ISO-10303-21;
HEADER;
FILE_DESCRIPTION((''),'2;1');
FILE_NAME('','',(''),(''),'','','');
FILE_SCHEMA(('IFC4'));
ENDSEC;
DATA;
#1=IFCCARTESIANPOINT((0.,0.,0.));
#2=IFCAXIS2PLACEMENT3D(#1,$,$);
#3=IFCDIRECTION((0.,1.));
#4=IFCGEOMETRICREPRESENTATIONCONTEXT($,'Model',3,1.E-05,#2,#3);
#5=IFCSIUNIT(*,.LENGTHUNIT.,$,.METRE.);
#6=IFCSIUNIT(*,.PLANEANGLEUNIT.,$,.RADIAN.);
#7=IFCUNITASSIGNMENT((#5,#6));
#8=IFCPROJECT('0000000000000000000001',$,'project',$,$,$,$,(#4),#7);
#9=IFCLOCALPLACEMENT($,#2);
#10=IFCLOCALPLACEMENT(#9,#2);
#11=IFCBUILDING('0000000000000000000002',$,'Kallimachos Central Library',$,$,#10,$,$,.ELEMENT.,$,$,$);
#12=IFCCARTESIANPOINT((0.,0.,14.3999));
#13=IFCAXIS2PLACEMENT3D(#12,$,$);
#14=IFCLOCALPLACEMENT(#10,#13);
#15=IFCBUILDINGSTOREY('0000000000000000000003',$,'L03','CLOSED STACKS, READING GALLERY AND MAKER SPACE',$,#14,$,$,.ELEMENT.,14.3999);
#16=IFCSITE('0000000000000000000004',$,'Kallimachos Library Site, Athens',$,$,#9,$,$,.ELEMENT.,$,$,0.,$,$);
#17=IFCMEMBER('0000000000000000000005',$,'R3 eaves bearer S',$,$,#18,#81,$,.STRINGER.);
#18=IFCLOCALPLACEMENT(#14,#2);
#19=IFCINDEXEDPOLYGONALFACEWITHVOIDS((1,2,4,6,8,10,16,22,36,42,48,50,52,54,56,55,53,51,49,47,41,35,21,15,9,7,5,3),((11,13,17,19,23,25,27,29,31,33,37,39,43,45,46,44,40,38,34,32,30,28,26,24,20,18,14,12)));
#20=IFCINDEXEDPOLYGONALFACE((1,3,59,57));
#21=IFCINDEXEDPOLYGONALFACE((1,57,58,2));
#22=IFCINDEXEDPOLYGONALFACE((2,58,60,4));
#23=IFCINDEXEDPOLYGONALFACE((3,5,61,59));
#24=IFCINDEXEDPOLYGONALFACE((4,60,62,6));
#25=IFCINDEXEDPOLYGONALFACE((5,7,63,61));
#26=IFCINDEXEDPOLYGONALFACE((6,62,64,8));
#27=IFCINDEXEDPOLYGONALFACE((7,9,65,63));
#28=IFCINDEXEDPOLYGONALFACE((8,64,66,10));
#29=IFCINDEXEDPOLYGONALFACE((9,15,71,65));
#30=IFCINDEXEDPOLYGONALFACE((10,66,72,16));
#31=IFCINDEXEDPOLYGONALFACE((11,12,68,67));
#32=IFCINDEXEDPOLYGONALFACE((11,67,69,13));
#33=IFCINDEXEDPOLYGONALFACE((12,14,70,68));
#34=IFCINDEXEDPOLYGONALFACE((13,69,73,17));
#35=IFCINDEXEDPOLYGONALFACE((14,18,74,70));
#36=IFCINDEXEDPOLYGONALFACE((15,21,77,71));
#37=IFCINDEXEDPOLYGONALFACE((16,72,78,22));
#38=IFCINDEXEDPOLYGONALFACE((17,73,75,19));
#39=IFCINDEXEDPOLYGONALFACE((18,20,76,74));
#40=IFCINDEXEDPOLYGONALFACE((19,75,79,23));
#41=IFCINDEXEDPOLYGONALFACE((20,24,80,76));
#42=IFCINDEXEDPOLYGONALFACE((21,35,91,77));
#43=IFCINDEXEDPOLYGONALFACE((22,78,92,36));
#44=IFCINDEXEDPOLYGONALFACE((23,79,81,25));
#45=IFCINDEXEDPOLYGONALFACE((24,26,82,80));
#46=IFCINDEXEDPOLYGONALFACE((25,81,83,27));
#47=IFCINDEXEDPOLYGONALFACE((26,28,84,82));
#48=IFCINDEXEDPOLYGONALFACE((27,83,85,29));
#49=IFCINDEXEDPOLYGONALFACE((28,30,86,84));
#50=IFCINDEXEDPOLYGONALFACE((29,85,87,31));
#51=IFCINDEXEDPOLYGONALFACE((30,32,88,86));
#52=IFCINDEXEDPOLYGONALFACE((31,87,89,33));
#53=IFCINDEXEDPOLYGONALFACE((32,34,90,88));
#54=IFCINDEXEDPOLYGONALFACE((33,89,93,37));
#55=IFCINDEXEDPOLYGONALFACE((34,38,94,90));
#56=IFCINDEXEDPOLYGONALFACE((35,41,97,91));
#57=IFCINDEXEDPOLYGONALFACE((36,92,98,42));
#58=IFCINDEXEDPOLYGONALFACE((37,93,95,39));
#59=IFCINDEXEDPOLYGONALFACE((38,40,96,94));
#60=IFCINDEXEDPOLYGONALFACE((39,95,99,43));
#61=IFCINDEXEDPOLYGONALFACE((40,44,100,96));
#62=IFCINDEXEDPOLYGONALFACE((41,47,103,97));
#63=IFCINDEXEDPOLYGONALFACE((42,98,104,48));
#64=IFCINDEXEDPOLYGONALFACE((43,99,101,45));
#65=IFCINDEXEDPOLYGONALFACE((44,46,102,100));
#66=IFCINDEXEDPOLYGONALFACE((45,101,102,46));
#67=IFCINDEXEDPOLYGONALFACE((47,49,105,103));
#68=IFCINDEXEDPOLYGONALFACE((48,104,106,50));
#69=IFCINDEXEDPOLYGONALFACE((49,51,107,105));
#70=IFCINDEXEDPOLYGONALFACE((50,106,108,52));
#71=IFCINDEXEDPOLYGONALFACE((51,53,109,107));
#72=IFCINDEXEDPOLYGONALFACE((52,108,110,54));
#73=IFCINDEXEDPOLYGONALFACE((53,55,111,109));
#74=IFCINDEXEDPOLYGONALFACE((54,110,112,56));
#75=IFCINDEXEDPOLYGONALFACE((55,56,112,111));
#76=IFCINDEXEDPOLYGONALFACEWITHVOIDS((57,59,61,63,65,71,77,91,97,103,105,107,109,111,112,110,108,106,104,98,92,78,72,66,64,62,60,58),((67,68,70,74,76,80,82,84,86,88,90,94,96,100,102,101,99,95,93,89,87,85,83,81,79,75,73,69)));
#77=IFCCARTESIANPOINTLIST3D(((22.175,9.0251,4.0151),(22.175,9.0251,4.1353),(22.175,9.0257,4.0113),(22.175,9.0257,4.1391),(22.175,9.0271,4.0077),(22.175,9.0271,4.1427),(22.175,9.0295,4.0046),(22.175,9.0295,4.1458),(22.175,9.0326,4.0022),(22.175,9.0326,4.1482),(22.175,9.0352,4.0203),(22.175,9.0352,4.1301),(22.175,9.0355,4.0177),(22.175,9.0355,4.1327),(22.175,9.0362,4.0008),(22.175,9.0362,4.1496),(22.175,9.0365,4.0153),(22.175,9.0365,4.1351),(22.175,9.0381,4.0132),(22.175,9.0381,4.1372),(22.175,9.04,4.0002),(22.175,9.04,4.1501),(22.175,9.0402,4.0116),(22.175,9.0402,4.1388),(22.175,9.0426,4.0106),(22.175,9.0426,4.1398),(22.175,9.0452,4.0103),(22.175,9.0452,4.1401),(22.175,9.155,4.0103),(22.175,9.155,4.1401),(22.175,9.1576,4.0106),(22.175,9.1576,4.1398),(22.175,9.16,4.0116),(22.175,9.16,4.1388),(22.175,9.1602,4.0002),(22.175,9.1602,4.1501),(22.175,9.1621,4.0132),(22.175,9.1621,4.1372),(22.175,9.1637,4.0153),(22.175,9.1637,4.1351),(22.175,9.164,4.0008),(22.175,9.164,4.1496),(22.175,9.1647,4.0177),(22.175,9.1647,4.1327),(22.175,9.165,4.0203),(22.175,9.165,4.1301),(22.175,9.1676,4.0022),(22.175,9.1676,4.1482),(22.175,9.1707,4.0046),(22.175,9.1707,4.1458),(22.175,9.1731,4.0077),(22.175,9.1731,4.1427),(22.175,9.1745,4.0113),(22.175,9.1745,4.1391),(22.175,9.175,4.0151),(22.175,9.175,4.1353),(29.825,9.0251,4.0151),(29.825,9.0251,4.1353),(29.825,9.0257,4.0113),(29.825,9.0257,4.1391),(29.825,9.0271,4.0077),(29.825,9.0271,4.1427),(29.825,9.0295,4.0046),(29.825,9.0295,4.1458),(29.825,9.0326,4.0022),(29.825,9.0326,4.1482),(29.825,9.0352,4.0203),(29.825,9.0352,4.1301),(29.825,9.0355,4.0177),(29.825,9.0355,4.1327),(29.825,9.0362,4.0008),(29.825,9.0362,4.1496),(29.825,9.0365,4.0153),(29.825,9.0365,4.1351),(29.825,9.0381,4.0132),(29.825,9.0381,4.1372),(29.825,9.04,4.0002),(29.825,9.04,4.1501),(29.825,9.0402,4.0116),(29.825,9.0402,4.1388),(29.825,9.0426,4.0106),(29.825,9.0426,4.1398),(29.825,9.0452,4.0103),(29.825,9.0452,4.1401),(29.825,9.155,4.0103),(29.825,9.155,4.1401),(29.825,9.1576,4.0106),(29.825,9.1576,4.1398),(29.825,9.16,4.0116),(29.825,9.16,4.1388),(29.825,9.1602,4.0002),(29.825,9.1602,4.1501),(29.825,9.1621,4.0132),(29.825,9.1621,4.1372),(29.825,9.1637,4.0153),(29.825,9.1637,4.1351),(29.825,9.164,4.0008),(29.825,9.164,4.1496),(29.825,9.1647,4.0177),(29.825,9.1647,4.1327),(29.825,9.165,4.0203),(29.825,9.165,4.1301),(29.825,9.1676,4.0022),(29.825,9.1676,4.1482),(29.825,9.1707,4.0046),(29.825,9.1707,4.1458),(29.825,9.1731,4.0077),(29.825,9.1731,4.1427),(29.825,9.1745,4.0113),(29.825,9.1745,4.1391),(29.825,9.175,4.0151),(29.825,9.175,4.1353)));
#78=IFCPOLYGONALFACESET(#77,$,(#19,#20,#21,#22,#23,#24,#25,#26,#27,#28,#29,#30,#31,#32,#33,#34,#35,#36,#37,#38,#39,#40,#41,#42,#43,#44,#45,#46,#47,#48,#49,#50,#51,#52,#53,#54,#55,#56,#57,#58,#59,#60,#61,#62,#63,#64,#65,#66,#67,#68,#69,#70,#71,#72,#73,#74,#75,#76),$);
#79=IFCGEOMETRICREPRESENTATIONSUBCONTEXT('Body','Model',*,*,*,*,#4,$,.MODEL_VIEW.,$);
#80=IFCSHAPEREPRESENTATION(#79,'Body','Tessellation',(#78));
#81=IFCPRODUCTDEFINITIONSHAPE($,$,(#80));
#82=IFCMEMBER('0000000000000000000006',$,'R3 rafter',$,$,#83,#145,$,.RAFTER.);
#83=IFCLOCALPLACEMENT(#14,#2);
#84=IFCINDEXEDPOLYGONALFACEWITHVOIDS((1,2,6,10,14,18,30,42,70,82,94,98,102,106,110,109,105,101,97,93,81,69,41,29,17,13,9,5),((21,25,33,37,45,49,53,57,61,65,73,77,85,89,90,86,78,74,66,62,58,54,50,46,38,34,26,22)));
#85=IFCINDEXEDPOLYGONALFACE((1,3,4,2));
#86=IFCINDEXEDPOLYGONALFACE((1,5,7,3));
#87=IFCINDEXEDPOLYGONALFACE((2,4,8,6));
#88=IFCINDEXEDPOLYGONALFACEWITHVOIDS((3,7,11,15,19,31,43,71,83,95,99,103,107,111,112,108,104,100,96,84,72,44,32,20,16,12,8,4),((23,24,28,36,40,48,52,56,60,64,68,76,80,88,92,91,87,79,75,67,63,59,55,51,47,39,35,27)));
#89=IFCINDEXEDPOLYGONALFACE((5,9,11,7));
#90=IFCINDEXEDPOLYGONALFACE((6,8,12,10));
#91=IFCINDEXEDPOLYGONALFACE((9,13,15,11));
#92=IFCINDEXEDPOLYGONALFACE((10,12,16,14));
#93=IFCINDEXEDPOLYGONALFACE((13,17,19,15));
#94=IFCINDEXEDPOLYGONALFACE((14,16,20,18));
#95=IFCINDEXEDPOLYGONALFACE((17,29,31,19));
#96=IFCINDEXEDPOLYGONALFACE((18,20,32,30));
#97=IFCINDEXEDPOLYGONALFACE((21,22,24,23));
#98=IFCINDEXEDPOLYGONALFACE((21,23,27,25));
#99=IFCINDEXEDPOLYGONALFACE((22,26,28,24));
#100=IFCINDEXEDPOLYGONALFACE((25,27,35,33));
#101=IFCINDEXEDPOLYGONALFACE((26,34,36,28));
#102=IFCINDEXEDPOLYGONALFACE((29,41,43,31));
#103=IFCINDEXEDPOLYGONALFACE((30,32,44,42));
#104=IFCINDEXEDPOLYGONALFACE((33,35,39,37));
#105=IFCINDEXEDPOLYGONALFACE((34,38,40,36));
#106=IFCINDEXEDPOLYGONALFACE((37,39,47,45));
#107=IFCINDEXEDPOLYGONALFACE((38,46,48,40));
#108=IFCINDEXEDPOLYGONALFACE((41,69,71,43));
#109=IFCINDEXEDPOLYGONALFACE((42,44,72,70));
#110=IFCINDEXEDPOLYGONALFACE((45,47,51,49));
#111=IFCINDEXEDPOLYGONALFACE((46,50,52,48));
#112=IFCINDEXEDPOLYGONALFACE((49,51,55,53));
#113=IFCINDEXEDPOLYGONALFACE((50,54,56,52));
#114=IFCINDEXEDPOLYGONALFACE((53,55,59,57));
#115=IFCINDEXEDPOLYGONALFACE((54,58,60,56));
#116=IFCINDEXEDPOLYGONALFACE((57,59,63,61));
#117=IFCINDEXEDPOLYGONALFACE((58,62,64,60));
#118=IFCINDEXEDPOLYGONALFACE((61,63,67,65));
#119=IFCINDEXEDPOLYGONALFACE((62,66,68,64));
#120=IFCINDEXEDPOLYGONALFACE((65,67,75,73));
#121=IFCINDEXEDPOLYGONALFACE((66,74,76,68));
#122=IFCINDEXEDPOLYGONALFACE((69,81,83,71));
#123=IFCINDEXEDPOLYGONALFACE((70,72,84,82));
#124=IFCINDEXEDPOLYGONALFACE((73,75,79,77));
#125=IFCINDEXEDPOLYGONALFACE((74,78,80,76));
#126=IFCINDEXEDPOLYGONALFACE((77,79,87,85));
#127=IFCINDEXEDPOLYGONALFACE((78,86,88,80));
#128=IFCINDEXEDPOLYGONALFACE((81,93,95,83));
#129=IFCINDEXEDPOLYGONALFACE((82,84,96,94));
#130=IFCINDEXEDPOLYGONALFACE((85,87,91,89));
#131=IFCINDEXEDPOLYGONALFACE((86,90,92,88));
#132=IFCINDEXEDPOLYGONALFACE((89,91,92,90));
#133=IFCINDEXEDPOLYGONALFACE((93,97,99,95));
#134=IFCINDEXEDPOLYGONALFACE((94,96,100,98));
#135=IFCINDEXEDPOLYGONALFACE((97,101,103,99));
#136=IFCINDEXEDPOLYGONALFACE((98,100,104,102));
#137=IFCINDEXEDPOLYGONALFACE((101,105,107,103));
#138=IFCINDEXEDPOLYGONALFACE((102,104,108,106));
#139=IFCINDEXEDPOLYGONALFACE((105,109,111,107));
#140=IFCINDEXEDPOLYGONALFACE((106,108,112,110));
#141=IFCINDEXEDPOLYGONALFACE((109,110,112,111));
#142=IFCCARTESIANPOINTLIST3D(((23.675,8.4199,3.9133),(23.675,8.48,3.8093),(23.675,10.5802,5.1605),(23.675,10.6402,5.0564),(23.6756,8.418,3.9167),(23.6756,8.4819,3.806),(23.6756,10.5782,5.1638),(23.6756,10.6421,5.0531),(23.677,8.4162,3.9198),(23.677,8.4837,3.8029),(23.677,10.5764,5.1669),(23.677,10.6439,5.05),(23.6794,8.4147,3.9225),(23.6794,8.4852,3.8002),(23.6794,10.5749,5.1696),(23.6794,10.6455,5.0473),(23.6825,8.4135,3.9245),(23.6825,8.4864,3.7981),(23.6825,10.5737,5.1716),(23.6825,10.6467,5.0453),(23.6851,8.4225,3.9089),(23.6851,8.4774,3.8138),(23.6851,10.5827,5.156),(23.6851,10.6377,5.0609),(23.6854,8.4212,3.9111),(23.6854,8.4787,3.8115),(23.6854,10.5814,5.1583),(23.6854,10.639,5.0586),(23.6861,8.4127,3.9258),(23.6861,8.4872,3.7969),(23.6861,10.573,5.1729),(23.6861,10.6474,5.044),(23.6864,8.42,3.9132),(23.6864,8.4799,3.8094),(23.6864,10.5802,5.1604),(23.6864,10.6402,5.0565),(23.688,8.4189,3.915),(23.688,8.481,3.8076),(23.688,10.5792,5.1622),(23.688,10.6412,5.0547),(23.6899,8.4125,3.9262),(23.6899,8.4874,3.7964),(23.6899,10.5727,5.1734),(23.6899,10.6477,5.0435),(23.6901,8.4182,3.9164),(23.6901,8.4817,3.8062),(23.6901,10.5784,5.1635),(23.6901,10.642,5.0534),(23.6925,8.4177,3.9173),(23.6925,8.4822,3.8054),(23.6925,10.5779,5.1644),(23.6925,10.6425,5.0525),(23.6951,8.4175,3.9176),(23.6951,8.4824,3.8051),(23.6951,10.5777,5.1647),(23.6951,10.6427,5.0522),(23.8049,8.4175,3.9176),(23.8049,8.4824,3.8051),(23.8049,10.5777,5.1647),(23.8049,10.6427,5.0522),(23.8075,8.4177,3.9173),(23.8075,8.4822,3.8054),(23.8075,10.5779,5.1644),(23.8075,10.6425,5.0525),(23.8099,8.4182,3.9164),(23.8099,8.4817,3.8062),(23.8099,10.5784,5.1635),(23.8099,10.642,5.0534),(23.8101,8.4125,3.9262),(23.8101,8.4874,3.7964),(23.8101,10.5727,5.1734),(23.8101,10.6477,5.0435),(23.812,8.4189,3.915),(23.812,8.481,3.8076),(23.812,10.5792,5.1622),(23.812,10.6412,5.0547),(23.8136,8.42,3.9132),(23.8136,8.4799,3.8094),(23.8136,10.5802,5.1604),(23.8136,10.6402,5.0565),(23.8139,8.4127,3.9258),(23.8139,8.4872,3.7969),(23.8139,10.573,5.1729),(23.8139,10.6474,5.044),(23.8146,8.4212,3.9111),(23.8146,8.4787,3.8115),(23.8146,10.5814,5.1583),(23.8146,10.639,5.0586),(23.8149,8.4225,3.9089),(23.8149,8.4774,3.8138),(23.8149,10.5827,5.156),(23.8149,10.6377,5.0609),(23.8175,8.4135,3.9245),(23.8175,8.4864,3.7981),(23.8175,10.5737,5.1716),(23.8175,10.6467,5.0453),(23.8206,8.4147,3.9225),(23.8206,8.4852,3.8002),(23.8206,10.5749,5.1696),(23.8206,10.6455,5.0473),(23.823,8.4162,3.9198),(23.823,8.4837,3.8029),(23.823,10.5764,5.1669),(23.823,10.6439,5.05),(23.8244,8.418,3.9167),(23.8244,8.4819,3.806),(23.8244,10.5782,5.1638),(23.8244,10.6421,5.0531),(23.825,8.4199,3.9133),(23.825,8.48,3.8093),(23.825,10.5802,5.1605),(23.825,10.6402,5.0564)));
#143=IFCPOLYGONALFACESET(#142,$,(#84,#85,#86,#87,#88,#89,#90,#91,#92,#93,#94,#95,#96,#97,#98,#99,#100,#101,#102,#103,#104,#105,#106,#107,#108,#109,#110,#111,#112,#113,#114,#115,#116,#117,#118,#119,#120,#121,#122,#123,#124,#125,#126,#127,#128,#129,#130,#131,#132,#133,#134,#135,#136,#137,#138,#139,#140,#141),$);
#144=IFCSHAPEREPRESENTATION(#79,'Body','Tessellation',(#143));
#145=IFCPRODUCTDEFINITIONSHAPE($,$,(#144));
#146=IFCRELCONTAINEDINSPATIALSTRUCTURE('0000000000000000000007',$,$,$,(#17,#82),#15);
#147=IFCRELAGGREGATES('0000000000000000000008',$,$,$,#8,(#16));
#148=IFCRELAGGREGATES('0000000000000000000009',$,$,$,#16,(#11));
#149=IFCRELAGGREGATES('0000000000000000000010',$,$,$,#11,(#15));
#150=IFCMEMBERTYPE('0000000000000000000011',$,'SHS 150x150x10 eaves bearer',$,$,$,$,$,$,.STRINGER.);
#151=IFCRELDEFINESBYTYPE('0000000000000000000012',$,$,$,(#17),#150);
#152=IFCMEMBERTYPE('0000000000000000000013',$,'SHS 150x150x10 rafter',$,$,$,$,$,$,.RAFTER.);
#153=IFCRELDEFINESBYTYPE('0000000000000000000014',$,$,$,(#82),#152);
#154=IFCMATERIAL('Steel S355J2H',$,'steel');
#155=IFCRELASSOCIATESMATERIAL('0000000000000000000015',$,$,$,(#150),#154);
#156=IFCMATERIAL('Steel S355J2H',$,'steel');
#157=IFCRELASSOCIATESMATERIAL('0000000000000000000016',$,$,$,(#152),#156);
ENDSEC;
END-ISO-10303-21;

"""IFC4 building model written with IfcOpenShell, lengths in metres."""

from ifc_helpers import new_model, si_unit, direction, frame, origin, origin_2d, place, context, subcontext, project, spatial, hollow_rectangle, extrude, material, material_profile, profile_set, type_object, element, save


model = new_model("IFC4")

# Units and contexts
model_context = context("Model", 3, precision=1e-05, world=origin(), true_north=direction((0.0, 1.0)))
body_context = subcontext(model_context, "Body", "Model", "MODEL_VIEW")
ifc_project = project(units=[si_unit("LENGTHUNIT", "METRE"), si_unit("PLANEANGLEUNIT", "RADIAN")], contexts=[model_context])

# Site, building, storey
site_placement = place(None, origin())
site = spatial("IfcSite", under=ifc_project, at=site_placement, Name="Kallimachos Library Site, Athens", CompositionType="ELEMENT", RefElevation=0.0)
building_placement = place(site_placement, origin())
building = spatial("IfcBuilding", under=site, at=building_placement, Name="Kallimachos Central Library", CompositionType="ELEMENT")
storey_placement = place(building_placement, frame((0.0, 0.0, 14.3999)))
storey = spatial("IfcBuildingStorey", under=building, at=storey_placement, Name="L03", Description="CLOSED STACKS, READING GALLERY AND MAKER SPACE", CompositionType="ELEMENT", Elevation=14.3999)

# Members
ifc_material_1 = material(Name="Steel S355J2H", Category="steel")
ifc_material_profile_1 = material_profile(ifc_material_1, hollow_rectangle(XDim=0.1499, YDim=0.1499, WallThickness=0.01, InnerFilletRadius=0.01, OuterFilletRadius=0.0149, at=origin_2d()), Name="SHS 150x150x10")
ifc_profile_set_1 = profile_set([ifc_material_profile_1], Name="Steel S355J2H")
member_type_1 = type_object("IfcMemberType", Name="SHS 150x150x10 eaves bearer", PredefinedType="STRINGER", material=ifc_profile_set_1)
member_1_placement = place(storey_placement, frame((22.175, 9.1001, 4.0752), z_axis=(1.0, 0.0, 0.0), x_axis=(0.0, 1.0, 0.0)))
element("IfcMember", 1, at=member_1_placement, inside=storey, type_object=member_type_1, Name="R3 eaves bearer S", PredefinedType="STRINGER", context=body_context, shape_type="SweptSolid", body=[
    extrude(hollow_rectangle(XDim=0.1499, YDim=0.1499, WallThickness=0.01, InnerFilletRadius=0.01, OuterFilletRadius=0.0149, at=origin_2d()), origin(), (0.0, 0.0, 1.0), 7.6499),
])
ifc_material_2 = material(Name="Steel S355J2H", Category="steel")
ifc_material_profile_2 = material_profile(ifc_material_2, hollow_rectangle(XDim=0.1499, YDim=0.1499, WallThickness=0.01, InnerFilletRadius=0.01, OuterFilletRadius=0.0149, at=origin_2d()), Name="SHS 150x150x10")
ifc_profile_set_2 = profile_set([ifc_material_profile_2], Name="Steel S355J2H")
member_type_2 = type_object("IfcMemberType", Name="SHS 150x150x10 rafter", PredefinedType="RAFTER", material=ifc_profile_set_2)
member_2_placement = place(storey_placement, frame((23.75, 8.45, 3.8613), z_axis=(0.0, 0.866042, 0.499971), x_axis=(-1.0, 0.0, 0.0)))
element("IfcMember", 2, at=member_2_placement, inside=storey, type_object=member_type_2, Name="R3 rafter", PredefinedType="RAFTER", context=body_context, shape_type="SweptSolid", body=[
    extrude(hollow_rectangle(XDim=0.1499, YDim=0.1499, WallThickness=0.01, InnerFilletRadius=0.01, OuterFilletRadius=0.0149, at=origin_2d()), origin(), (0.0, 0.0, 1.0), 2.4944),
])

save(model, "model.ifc")
